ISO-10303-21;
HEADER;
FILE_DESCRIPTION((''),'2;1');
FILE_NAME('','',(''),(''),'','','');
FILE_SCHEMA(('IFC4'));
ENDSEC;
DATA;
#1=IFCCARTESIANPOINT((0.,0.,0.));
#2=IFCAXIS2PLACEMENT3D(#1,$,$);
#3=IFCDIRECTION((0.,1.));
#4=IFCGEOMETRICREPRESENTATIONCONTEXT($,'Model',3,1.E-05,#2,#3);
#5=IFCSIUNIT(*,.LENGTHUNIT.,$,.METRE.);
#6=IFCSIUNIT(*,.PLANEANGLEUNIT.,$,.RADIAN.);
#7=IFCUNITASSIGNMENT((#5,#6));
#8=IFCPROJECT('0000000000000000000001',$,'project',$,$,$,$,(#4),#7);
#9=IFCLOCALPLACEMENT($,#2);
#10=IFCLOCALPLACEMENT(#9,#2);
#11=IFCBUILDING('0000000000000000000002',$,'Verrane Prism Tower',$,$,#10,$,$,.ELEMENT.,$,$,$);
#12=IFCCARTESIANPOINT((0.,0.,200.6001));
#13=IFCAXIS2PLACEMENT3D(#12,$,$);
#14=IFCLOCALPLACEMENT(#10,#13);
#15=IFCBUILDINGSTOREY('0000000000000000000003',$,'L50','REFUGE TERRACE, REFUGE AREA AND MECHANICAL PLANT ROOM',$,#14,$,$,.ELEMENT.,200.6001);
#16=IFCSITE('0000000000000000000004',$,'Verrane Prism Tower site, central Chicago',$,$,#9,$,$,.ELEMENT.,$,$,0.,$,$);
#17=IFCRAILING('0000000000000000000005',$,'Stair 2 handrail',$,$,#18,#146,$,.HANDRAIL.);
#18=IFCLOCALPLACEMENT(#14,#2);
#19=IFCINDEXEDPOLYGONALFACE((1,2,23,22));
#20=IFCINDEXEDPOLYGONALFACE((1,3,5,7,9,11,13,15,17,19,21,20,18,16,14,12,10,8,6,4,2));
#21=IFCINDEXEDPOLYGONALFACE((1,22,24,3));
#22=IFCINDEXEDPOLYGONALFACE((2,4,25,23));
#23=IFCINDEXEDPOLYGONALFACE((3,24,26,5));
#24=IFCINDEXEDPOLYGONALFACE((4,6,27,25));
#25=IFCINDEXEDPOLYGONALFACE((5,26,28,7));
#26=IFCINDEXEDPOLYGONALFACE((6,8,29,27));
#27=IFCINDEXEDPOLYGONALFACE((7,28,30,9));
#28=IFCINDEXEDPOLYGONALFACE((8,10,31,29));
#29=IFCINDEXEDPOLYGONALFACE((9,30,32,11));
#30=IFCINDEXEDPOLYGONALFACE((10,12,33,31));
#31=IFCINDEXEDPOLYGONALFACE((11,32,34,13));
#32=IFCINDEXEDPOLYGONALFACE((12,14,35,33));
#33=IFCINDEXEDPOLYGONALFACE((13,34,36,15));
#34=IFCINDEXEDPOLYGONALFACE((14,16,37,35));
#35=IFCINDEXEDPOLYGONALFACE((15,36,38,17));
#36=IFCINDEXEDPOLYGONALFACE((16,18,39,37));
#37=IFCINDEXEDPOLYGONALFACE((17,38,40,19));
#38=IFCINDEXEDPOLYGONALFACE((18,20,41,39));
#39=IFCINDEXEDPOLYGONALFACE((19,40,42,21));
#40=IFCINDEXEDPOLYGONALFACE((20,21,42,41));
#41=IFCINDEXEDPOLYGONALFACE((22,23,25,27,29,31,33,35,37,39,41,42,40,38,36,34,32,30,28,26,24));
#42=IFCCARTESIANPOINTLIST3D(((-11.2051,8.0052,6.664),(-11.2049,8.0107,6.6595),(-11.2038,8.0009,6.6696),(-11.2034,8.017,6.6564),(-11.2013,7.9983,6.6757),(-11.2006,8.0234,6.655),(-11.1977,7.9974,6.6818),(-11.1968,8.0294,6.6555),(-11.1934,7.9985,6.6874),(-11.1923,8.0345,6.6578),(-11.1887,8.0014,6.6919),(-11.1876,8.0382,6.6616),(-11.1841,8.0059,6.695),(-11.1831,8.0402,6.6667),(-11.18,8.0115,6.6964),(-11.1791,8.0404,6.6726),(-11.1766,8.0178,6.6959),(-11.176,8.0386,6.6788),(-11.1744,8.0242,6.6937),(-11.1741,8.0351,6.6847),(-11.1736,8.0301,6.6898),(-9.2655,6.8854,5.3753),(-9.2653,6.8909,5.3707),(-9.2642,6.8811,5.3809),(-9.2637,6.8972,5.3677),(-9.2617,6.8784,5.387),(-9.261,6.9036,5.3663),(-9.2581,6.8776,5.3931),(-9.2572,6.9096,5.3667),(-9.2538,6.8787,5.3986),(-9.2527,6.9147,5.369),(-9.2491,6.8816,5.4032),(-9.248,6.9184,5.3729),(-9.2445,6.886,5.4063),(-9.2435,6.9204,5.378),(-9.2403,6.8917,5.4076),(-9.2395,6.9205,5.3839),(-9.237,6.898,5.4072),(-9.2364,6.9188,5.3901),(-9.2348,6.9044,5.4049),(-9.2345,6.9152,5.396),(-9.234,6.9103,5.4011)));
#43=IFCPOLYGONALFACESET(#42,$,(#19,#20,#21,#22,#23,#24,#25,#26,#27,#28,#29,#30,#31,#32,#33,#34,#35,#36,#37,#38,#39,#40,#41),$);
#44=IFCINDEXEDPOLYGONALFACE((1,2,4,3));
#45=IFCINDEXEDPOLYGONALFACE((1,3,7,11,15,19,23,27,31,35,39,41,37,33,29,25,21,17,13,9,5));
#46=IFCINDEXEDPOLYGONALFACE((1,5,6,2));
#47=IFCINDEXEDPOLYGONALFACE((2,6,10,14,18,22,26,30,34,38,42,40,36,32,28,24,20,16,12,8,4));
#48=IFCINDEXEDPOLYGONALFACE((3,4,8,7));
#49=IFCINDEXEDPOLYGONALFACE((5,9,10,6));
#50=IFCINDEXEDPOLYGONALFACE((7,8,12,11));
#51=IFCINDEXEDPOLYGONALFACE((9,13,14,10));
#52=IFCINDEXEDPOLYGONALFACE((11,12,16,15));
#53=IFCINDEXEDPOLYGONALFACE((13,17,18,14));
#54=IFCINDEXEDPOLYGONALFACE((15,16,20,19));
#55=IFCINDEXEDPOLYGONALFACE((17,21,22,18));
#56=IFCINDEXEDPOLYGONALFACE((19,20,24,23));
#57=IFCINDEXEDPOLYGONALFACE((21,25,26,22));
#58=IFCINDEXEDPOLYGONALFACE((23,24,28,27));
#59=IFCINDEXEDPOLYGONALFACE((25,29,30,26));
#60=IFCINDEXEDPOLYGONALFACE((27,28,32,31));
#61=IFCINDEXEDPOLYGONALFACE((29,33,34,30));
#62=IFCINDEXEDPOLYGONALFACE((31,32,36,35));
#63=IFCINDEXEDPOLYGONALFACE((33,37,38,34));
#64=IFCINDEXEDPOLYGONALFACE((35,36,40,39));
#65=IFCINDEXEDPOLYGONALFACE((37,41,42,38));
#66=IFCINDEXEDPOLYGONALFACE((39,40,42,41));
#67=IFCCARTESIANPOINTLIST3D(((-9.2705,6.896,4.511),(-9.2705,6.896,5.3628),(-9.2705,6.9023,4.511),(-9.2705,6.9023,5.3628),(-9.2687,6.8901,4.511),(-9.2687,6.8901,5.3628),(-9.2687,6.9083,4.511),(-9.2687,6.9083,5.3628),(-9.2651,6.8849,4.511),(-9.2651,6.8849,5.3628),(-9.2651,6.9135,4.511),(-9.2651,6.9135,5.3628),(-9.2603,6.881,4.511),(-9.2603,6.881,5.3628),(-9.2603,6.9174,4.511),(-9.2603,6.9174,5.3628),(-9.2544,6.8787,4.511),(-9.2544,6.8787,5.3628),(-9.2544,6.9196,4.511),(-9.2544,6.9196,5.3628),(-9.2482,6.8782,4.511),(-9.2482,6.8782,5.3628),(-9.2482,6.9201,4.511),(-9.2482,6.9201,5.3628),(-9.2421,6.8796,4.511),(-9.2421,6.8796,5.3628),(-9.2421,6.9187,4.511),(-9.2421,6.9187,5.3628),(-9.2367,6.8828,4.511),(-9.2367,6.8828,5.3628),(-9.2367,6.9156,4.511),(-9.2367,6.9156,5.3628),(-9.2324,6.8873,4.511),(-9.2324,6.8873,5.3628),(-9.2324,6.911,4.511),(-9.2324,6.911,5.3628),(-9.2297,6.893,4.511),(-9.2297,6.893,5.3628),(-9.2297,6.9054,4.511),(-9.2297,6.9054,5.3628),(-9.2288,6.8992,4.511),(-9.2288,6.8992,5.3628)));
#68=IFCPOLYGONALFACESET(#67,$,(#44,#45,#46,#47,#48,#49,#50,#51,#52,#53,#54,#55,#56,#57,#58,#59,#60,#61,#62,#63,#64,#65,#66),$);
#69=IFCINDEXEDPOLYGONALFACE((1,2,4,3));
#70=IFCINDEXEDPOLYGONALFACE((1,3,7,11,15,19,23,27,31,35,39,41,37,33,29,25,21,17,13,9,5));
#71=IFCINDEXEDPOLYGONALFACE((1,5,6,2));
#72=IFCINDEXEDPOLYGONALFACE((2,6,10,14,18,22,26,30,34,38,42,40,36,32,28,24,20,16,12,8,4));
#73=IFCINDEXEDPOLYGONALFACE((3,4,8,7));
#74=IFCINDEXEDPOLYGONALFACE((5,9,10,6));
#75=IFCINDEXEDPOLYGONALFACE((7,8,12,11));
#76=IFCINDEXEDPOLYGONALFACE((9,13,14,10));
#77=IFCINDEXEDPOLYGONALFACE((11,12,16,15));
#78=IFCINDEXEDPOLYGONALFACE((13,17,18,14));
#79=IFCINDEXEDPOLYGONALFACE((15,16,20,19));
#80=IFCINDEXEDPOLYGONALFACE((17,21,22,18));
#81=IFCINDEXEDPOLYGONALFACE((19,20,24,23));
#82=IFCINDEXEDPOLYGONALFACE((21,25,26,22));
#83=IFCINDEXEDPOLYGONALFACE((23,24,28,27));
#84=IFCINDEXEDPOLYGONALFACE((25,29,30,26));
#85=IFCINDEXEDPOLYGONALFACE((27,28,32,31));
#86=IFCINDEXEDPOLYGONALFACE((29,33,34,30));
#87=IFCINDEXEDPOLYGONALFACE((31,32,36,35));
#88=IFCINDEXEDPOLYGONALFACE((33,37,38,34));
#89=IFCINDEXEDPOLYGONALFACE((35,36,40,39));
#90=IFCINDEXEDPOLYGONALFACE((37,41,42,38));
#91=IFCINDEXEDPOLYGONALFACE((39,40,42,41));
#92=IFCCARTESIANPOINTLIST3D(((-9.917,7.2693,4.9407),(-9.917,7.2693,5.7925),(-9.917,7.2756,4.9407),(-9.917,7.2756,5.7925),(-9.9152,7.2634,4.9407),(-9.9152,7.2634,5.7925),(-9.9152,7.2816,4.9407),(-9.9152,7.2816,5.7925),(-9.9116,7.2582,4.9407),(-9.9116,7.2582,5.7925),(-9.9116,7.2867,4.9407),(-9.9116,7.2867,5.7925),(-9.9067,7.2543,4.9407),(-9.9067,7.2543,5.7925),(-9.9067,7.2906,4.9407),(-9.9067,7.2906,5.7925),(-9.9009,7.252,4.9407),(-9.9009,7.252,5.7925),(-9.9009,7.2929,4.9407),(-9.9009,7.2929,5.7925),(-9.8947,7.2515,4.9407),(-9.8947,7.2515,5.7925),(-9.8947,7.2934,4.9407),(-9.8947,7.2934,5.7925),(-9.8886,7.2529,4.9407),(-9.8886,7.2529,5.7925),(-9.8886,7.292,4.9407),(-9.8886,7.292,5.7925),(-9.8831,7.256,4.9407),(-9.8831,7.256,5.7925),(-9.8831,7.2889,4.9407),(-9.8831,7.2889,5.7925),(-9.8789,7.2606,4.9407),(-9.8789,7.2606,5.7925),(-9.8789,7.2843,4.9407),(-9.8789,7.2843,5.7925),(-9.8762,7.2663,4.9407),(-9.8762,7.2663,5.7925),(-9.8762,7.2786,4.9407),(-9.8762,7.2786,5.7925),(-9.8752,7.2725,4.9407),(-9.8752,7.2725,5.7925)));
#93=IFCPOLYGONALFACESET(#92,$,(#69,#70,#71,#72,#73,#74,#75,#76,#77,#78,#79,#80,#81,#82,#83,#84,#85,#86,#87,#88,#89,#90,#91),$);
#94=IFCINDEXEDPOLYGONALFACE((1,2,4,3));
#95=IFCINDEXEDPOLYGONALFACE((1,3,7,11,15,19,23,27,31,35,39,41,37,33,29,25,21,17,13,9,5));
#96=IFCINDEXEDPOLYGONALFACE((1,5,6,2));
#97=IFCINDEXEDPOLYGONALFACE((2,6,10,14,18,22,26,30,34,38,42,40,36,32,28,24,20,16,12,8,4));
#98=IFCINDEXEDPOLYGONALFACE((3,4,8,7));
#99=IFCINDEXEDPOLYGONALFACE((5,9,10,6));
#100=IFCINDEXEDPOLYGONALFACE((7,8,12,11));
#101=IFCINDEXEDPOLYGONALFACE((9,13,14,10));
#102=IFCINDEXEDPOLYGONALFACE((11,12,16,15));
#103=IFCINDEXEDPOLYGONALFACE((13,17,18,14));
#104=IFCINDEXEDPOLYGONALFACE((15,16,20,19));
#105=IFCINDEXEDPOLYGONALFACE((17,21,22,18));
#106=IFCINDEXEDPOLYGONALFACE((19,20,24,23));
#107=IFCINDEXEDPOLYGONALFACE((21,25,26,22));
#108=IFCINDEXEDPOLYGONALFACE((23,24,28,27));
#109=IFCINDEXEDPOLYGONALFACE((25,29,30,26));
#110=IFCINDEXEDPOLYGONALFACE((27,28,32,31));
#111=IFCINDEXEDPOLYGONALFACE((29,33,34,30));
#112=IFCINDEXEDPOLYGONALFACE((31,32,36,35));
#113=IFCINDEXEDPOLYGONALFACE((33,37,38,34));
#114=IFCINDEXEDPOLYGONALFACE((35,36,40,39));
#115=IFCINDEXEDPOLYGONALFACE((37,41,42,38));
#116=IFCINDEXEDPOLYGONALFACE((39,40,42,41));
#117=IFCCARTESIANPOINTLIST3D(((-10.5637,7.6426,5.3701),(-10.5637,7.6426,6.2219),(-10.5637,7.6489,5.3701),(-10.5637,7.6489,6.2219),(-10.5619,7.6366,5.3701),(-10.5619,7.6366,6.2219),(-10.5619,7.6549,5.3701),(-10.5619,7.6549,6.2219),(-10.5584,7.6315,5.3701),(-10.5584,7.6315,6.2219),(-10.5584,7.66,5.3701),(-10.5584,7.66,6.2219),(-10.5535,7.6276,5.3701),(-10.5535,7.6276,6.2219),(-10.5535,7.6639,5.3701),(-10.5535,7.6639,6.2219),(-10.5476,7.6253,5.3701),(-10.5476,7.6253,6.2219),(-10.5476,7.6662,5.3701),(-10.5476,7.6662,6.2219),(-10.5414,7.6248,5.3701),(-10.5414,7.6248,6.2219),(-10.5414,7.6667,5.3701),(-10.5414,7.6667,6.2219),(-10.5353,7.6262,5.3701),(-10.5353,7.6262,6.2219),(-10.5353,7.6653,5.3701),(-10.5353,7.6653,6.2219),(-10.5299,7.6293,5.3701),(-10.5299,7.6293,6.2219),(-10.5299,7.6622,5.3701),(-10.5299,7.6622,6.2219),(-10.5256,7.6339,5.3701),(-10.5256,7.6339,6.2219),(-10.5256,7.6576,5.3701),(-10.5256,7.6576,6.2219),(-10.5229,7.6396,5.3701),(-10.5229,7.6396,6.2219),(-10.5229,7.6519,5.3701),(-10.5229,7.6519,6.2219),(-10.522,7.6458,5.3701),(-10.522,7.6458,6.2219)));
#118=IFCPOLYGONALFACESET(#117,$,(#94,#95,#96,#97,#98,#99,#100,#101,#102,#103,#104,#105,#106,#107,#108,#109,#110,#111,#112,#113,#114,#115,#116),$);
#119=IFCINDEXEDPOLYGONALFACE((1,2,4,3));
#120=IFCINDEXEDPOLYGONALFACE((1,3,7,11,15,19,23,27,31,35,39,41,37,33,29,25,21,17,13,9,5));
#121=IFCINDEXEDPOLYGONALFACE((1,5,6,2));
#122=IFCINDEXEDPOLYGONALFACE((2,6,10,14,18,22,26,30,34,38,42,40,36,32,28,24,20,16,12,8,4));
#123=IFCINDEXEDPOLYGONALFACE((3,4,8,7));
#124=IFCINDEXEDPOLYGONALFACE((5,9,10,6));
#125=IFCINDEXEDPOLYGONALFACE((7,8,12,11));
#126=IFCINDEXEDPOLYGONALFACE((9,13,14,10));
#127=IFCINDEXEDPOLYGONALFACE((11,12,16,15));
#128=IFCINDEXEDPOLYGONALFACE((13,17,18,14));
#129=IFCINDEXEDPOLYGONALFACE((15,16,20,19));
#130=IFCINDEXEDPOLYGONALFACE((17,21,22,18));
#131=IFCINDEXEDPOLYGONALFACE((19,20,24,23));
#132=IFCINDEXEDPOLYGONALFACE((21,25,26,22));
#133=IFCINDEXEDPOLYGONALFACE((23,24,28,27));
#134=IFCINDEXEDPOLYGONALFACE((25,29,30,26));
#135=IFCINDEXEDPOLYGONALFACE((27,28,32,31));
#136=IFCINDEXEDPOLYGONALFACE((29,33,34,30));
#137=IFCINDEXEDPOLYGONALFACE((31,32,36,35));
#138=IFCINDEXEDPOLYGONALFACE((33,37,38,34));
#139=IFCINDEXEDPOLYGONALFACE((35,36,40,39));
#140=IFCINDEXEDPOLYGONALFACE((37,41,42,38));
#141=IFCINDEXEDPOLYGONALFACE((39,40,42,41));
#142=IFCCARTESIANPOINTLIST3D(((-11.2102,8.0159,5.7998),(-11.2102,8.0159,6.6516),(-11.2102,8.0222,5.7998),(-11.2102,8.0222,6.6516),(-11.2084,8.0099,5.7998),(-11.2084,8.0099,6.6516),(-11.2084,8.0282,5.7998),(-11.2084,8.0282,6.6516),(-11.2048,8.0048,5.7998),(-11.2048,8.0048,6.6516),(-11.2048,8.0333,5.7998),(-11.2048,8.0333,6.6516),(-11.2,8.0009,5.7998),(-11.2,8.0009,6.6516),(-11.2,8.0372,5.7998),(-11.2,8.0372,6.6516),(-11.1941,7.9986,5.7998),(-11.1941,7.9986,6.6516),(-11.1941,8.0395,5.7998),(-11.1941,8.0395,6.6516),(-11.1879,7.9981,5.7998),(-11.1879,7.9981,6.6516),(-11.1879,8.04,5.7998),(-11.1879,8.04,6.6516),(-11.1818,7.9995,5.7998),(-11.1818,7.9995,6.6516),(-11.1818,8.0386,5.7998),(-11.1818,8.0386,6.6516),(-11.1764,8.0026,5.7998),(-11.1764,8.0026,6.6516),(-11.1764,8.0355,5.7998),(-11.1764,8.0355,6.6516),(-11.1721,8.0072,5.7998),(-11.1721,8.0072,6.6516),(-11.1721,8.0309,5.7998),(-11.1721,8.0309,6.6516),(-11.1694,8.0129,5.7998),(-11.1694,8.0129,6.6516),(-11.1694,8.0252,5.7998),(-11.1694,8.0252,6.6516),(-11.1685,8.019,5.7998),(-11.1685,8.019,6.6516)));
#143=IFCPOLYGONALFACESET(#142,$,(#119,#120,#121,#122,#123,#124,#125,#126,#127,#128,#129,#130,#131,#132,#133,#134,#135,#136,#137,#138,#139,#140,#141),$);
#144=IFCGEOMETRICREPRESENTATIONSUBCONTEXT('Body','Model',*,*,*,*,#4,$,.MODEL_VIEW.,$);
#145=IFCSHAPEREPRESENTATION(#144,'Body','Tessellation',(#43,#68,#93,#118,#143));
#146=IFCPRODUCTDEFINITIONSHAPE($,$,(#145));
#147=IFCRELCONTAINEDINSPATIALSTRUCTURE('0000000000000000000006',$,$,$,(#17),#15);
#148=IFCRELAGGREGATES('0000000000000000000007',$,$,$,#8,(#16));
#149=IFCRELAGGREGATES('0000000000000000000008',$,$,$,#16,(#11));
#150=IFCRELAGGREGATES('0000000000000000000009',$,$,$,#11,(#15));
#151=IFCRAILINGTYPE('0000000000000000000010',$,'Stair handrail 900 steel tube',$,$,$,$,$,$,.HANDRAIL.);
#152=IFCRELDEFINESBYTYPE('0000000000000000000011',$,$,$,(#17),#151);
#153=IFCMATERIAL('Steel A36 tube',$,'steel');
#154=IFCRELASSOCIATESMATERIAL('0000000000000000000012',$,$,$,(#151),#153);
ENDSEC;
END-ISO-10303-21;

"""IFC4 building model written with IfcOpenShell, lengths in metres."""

from ifc_helpers import new_model, si_unit, direction, frame, origin, origin_2d, place, context, subcontext, project, spatial, circle, extrude, material, type_object, element, save


model = new_model("IFC4")

# Units and contexts
model_context = context("Model", 3, precision=1e-05, world=origin(), true_north=direction((0.0, 1.0)))
body_context = subcontext(model_context, "Body", "Model", "MODEL_VIEW")
ifc_project = project(units=[si_unit("LENGTHUNIT", "METRE"), si_unit("PLANEANGLEUNIT", "RADIAN")], contexts=[model_context])

# Site, building, storey
site_placement = place(None, origin())
site = spatial("IfcSite", under=ifc_project, at=site_placement, Name="Verrane Prism Tower site, central Chicago", CompositionType="ELEMENT", RefElevation=0.0)
building_placement = place(site_placement, origin())
building = spatial("IfcBuilding", under=site, at=building_placement, Name="Verrane Prism Tower", CompositionType="ELEMENT")
storey_placement = place(building_placement, frame((0.0, 0.0, 200.6001)))
storey = spatial("IfcBuildingStorey", under=building, at=storey_placement, Name="L50", Description="REFUGE TERRACE, REFUGE AREA AND MECHANICAL PLANT ROOM", CompositionType="ELEMENT", Elevation=200.6001)

# Railing
ifc_material_1 = material(Name="Steel A36 tube", Category="steel")
railing_type = type_object("IfcRailingType", Name="Stair handrail 900 steel tube", PredefinedType="HANDRAIL", material=ifc_material_1)
for number, where, name in (
    (1, (-9.2498, 6.8992, 4.511), "Stair 2 handrail"),
):
    element("IfcRailing", number, at=place(storey_placement, frame(where)), inside=storey, type_object=railing_type, Name=name, PredefinedType="HANDRAIL", context=body_context, shape_type="SweptSolid", body=[
        extrude(circle(Radius=0.0239, at=origin_2d()), frame((0.0, 0.0, 0.876), z_axis=(-0.750627, 0.43337, 0.498749), x_axis=(-0.499996, -0.866028, 0.0)), (0.0, 0.0, 1.0), 2.584),
        extrude(circle(Radius=0.021, at=origin_2d()), origin(), (0.0, 0.0, 1.0), 0.8518),
        extrude(circle(Radius=0.021, at=origin_2d()), frame((-0.6465, 0.3733, 0.4297)), (0.0, 0.0, 1.0), 0.8518),
        extrude(circle(Radius=0.021, at=origin_2d()), frame((-1.2932, 0.7466, 0.8591)), (0.0, 0.0, 1.0), 0.8518),
        extrude(circle(Radius=0.021, at=origin_2d()), frame((-1.9397, 1.1199, 1.2888)), (0.0, 0.0, 1.0), 0.8518),
    ])

save(model, "model.ifc")
